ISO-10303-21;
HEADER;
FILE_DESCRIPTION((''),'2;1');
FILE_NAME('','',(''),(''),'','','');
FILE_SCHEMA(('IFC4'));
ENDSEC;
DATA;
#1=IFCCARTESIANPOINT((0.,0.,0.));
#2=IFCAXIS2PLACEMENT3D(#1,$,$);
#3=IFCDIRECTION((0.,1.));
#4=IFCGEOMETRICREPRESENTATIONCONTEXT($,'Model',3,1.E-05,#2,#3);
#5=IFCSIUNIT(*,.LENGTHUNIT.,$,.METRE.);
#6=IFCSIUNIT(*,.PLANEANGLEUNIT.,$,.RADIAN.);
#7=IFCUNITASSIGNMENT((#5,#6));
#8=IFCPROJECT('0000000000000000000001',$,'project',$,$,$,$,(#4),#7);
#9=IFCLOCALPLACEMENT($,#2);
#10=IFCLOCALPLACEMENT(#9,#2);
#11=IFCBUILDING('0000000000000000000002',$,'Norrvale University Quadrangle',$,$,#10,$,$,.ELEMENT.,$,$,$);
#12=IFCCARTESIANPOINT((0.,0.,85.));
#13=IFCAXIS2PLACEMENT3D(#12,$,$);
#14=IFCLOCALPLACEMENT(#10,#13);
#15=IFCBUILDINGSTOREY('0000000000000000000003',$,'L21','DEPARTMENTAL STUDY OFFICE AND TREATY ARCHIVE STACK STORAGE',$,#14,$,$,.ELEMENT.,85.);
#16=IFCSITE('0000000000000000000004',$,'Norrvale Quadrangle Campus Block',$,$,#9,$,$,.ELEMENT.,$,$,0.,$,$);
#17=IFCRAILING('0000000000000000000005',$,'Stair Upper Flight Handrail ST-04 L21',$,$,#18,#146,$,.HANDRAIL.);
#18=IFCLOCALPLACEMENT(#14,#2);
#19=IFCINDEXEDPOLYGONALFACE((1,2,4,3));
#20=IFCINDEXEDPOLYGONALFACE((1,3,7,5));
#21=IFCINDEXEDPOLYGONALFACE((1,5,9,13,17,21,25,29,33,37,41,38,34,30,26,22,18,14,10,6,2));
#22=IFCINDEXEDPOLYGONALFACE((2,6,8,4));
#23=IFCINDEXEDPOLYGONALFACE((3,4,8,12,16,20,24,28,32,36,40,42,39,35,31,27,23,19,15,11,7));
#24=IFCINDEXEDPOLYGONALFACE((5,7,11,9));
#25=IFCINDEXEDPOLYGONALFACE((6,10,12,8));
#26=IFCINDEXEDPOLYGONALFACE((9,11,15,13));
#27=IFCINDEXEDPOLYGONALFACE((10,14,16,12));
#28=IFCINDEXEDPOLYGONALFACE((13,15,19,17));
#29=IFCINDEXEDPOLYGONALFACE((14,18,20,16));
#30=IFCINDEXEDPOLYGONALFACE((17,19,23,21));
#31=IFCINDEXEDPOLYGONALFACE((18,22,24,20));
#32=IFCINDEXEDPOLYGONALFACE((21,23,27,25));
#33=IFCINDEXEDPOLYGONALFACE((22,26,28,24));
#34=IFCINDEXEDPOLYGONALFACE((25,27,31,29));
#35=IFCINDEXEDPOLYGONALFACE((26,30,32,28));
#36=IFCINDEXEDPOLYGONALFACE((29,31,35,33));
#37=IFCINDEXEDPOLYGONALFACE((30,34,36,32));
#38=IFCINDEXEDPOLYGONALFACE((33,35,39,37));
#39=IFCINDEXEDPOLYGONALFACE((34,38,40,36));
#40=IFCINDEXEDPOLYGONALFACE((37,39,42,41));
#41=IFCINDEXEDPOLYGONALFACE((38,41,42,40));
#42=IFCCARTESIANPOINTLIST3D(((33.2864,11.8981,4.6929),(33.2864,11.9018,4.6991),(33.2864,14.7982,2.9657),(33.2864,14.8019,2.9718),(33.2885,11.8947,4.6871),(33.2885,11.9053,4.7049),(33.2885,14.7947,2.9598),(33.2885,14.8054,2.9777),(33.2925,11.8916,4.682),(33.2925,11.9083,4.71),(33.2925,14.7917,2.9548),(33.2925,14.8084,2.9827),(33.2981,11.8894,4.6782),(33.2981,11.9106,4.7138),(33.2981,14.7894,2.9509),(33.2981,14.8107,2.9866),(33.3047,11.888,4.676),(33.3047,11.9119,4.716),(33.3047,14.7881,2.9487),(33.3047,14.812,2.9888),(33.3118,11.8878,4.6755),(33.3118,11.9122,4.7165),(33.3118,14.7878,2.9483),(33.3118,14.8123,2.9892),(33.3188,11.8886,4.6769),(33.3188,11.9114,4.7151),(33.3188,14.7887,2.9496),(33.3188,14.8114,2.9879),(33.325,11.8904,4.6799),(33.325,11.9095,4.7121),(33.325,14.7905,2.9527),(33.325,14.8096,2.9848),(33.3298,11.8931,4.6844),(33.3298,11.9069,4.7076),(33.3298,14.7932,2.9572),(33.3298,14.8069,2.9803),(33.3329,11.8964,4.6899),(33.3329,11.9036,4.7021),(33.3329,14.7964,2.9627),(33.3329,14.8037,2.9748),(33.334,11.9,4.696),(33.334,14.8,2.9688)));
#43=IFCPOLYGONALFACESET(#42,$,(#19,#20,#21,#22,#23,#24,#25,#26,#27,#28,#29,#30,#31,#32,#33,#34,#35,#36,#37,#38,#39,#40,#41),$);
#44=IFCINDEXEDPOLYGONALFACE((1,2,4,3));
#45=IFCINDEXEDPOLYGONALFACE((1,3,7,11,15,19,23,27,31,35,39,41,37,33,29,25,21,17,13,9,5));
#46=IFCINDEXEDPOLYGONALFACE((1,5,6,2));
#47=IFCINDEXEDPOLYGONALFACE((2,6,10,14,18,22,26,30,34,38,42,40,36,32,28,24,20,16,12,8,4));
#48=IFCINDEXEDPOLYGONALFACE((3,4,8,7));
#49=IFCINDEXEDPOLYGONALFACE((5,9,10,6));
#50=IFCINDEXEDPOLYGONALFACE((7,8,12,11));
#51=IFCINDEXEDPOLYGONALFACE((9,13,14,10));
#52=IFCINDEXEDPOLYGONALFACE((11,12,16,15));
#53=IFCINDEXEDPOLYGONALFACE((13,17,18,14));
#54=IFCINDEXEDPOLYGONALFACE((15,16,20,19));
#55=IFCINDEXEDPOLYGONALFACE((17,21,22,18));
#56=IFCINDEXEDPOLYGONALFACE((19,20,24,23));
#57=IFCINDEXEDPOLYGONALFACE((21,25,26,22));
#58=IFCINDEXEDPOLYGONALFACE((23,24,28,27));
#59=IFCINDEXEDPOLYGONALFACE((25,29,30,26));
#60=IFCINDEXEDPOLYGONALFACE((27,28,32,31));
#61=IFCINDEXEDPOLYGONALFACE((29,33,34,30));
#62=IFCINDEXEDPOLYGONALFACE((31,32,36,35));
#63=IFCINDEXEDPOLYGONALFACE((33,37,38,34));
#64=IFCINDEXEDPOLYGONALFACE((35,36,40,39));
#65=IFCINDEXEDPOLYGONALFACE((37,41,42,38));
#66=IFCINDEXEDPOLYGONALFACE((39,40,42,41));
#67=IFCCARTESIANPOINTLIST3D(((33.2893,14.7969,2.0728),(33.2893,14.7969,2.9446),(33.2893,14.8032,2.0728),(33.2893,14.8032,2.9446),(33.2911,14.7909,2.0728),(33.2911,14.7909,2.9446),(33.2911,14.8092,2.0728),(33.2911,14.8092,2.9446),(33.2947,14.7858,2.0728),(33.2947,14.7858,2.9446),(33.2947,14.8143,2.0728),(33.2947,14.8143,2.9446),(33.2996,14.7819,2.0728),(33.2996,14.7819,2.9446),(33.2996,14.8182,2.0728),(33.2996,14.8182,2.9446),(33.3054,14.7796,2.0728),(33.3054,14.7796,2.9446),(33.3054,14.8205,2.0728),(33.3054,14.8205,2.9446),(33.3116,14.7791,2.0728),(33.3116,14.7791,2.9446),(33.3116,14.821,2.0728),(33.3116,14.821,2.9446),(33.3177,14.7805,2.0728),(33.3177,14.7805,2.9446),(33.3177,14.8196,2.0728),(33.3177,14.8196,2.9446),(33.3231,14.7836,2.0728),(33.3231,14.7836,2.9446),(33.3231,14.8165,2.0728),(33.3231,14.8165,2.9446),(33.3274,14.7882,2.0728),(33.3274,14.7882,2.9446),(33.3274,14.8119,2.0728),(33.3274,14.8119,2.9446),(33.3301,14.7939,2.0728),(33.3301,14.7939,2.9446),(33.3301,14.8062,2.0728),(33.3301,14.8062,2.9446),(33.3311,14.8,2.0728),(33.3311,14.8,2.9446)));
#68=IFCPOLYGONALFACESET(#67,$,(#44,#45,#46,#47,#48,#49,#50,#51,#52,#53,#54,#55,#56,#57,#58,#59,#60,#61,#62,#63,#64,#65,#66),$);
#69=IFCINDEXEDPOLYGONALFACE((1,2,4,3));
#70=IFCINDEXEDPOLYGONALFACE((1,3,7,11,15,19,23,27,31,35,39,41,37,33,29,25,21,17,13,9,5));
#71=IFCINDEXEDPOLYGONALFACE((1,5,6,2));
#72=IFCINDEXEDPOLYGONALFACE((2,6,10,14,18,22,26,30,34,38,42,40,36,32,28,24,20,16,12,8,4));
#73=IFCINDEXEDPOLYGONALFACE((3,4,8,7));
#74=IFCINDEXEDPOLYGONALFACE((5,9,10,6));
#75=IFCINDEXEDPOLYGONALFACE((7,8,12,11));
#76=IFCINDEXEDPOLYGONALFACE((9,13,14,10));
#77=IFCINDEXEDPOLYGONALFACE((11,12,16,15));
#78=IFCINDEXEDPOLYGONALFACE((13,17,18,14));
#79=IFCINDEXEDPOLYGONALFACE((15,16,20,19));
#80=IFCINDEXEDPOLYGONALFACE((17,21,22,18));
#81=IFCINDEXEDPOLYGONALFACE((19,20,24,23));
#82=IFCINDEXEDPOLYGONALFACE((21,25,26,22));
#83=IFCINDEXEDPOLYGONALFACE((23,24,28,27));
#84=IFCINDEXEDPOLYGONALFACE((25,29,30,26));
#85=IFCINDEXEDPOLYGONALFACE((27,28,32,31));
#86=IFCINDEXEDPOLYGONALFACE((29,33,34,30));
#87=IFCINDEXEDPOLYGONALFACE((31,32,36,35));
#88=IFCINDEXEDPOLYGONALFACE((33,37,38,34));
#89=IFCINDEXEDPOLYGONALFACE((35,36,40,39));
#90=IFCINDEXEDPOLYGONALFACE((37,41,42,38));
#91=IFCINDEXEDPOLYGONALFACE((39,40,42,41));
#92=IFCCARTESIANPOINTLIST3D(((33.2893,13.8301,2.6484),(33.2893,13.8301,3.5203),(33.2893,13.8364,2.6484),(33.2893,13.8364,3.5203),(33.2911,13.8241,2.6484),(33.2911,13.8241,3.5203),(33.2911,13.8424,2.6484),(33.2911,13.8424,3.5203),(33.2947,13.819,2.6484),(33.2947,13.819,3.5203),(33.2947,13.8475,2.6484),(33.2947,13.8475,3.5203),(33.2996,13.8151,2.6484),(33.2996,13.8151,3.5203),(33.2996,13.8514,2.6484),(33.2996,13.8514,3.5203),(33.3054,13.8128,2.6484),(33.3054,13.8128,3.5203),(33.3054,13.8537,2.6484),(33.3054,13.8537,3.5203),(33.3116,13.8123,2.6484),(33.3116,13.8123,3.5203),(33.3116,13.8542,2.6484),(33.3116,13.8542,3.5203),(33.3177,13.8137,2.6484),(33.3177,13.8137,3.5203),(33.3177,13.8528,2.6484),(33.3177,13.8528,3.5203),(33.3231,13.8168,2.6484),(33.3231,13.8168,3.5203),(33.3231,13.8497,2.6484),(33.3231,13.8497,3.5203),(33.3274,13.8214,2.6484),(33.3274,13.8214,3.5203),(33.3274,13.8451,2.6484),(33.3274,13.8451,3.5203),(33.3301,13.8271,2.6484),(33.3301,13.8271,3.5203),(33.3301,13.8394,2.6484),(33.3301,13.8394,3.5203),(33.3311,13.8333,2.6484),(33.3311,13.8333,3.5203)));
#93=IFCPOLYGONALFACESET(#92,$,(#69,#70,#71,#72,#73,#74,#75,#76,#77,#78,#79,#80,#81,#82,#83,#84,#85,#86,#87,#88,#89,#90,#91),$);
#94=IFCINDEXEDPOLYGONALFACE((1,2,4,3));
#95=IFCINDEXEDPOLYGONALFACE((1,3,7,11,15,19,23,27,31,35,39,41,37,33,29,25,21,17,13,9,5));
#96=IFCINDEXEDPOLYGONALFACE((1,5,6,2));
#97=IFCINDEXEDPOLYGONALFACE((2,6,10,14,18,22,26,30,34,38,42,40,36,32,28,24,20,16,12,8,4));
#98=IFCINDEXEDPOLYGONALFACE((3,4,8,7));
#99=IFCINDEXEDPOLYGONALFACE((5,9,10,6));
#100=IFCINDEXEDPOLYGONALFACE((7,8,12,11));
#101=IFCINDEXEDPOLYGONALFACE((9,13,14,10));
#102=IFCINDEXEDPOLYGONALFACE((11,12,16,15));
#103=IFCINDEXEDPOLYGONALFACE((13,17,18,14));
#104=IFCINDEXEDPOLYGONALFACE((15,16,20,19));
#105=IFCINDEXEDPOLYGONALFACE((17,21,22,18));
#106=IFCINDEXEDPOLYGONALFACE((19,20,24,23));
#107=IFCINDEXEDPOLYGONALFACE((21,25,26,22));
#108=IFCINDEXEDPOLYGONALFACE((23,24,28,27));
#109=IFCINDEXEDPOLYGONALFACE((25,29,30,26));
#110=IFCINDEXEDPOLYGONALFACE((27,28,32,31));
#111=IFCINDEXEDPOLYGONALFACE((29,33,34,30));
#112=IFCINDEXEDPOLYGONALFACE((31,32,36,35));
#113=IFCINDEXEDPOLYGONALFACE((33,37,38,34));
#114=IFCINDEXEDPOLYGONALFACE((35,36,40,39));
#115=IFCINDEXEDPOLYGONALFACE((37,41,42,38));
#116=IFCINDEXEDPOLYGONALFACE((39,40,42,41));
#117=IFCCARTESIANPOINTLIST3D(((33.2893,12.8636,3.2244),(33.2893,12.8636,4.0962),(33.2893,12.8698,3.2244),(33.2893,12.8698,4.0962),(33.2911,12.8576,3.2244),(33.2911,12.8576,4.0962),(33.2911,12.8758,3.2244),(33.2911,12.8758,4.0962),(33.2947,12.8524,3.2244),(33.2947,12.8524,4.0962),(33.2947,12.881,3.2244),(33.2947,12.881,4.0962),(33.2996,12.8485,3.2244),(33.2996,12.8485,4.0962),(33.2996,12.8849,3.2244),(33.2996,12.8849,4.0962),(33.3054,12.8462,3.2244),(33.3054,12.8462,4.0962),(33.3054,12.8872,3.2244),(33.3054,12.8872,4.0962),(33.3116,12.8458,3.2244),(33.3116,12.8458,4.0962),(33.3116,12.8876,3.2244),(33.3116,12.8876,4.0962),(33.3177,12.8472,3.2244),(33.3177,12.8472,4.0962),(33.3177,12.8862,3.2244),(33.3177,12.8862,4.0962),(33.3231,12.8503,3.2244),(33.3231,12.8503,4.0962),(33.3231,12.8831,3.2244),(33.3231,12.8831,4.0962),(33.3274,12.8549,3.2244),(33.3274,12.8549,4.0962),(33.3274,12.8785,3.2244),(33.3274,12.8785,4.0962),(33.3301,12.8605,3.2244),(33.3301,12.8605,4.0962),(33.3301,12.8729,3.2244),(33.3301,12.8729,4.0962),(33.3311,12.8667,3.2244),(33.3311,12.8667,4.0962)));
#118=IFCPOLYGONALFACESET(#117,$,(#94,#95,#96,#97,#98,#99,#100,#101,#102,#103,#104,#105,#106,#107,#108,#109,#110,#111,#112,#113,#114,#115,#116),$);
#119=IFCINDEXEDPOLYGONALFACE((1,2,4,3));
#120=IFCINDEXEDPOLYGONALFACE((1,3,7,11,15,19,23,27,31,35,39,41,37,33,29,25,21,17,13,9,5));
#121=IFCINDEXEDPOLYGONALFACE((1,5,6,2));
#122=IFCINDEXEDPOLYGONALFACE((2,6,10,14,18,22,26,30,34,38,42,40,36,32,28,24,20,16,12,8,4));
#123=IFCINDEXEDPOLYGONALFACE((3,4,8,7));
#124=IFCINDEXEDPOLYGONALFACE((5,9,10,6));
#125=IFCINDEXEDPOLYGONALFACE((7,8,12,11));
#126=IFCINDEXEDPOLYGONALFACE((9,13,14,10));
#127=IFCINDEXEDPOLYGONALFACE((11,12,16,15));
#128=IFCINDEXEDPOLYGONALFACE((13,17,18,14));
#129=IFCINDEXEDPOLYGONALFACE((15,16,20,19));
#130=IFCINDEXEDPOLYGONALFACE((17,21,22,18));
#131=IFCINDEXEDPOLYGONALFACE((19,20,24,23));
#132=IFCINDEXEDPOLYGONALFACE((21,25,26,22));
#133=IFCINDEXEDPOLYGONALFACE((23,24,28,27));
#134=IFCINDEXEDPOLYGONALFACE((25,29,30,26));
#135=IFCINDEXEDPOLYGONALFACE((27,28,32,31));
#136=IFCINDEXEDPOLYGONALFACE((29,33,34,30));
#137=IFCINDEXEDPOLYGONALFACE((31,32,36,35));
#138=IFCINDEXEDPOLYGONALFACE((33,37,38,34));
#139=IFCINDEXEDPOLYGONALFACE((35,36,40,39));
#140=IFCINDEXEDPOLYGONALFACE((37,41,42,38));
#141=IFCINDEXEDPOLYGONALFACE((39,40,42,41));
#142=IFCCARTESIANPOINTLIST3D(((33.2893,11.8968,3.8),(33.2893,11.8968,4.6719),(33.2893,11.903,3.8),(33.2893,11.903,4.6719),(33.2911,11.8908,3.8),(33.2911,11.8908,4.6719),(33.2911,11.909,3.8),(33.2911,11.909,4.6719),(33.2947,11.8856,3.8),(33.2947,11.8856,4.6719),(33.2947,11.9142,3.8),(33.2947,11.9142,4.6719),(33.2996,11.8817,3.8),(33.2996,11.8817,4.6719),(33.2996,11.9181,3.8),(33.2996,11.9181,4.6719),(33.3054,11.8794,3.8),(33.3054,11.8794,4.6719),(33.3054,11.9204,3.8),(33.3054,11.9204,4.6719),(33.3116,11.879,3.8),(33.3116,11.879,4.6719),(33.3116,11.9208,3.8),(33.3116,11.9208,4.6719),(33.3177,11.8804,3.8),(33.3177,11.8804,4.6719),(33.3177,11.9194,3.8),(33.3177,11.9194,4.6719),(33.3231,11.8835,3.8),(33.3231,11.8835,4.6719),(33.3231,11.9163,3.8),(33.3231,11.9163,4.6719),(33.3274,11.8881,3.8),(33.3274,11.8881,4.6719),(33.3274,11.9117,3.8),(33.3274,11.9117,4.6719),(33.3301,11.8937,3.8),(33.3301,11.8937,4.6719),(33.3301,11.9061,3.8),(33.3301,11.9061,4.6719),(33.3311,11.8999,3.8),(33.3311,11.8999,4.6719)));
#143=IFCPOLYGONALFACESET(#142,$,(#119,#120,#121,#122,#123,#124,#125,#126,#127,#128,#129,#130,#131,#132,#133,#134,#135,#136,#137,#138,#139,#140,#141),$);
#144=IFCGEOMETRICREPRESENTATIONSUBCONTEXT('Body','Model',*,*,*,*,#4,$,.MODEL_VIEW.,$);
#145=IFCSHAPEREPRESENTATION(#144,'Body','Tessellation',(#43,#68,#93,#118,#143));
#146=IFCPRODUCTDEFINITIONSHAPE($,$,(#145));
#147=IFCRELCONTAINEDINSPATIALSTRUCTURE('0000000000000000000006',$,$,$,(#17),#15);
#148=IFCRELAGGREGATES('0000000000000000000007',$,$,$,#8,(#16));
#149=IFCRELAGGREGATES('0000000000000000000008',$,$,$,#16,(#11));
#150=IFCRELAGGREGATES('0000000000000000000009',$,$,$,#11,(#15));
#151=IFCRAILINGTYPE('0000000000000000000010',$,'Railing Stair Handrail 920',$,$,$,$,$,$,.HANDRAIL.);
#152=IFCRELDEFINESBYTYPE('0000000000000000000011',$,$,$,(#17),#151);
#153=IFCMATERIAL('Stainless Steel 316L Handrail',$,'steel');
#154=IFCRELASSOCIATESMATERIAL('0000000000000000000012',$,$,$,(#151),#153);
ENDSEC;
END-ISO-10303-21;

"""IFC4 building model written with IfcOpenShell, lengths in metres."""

from ifc_helpers import new_model, si_unit, direction, frame, origin, origin_2d, place, context, subcontext, project, spatial, circle, extrude, material, type_object, element, save


model = new_model("IFC4")

# Units and contexts
model_context = context("Model", 3, precision=1e-05, world=origin(), true_north=direction((0.0, 1.0)))
body_context = subcontext(model_context, "Body", "Model", "MODEL_VIEW")
ifc_project = project(units=[si_unit("LENGTHUNIT", "METRE"), si_unit("PLANEANGLEUNIT", "RADIAN")], contexts=[model_context])

# Site, building, storey
site_placement = place(None, origin())
site = spatial("IfcSite", under=ifc_project, at=site_placement, Name="Norrvale Quadrangle Campus Block", CompositionType="ELEMENT", RefElevation=0.0)
building_placement = place(site_placement, origin())
building = spatial("IfcBuilding", under=site, at=building_placement, Name="Norrvale University Quadrangle", CompositionType="ELEMENT")
storey_placement = place(building_placement, frame((0.0, 0.0, 85.0)))
storey = spatial("IfcBuildingStorey", under=building, at=storey_placement, Name="L21", Description="DEPARTMENTAL STUDY OFFICE AND TREATY ARCHIVE STACK STORAGE", CompositionType="ELEMENT", Elevation=85.0)

# Railing
ifc_material_1 = material(Name="Stainless Steel 316L Handrail", Category="steel")
railing_type_1 = type_object("IfcRailingType", Name="Railing Stair Handrail 920", PredefinedType="HANDRAIL", material=ifc_material_1)
railing_1_placement = place(storey_placement, frame((33.3101, 14.8, 2.0728)))
element("IfcRailing", 1, at=railing_1_placement, inside=storey, type_object=railing_type_1, Name="Stair Upper Flight Handrail ST-04 L21", PredefinedType="HANDRAIL", context=body_context, shape_type="SweptSolid", body=[
    extrude(circle(Radius=0.0239, at=origin_2d()), frame((0.0, 0.0, 0.896), z_axis=(0.0, -0.85916, 0.511706), x_axis=(1.0, 0.0, 0.0)), (0.0, 0.0, 1.0), 3.3755),
    extrude(circle(Radius=0.021, at=origin_2d()), origin(), (0.0, 0.0, 1.0), 0.8718),
    extrude(circle(Radius=0.021, at=origin_2d()), frame((0.0, -0.9668, 0.5757)), (0.0, 0.0, 1.0), 0.8718),
    extrude(circle(Radius=0.021, at=origin_2d()), frame((0.0, -1.9333, 1.1516)), (0.0, 0.0, 1.0), 0.8718),
    extrude(circle(Radius=0.021, at=origin_2d()), frame((0.0, -2.9001, 1.7273)), (0.0, 0.0, 1.0), 0.8718),
])

save(model, "model.ifc")
